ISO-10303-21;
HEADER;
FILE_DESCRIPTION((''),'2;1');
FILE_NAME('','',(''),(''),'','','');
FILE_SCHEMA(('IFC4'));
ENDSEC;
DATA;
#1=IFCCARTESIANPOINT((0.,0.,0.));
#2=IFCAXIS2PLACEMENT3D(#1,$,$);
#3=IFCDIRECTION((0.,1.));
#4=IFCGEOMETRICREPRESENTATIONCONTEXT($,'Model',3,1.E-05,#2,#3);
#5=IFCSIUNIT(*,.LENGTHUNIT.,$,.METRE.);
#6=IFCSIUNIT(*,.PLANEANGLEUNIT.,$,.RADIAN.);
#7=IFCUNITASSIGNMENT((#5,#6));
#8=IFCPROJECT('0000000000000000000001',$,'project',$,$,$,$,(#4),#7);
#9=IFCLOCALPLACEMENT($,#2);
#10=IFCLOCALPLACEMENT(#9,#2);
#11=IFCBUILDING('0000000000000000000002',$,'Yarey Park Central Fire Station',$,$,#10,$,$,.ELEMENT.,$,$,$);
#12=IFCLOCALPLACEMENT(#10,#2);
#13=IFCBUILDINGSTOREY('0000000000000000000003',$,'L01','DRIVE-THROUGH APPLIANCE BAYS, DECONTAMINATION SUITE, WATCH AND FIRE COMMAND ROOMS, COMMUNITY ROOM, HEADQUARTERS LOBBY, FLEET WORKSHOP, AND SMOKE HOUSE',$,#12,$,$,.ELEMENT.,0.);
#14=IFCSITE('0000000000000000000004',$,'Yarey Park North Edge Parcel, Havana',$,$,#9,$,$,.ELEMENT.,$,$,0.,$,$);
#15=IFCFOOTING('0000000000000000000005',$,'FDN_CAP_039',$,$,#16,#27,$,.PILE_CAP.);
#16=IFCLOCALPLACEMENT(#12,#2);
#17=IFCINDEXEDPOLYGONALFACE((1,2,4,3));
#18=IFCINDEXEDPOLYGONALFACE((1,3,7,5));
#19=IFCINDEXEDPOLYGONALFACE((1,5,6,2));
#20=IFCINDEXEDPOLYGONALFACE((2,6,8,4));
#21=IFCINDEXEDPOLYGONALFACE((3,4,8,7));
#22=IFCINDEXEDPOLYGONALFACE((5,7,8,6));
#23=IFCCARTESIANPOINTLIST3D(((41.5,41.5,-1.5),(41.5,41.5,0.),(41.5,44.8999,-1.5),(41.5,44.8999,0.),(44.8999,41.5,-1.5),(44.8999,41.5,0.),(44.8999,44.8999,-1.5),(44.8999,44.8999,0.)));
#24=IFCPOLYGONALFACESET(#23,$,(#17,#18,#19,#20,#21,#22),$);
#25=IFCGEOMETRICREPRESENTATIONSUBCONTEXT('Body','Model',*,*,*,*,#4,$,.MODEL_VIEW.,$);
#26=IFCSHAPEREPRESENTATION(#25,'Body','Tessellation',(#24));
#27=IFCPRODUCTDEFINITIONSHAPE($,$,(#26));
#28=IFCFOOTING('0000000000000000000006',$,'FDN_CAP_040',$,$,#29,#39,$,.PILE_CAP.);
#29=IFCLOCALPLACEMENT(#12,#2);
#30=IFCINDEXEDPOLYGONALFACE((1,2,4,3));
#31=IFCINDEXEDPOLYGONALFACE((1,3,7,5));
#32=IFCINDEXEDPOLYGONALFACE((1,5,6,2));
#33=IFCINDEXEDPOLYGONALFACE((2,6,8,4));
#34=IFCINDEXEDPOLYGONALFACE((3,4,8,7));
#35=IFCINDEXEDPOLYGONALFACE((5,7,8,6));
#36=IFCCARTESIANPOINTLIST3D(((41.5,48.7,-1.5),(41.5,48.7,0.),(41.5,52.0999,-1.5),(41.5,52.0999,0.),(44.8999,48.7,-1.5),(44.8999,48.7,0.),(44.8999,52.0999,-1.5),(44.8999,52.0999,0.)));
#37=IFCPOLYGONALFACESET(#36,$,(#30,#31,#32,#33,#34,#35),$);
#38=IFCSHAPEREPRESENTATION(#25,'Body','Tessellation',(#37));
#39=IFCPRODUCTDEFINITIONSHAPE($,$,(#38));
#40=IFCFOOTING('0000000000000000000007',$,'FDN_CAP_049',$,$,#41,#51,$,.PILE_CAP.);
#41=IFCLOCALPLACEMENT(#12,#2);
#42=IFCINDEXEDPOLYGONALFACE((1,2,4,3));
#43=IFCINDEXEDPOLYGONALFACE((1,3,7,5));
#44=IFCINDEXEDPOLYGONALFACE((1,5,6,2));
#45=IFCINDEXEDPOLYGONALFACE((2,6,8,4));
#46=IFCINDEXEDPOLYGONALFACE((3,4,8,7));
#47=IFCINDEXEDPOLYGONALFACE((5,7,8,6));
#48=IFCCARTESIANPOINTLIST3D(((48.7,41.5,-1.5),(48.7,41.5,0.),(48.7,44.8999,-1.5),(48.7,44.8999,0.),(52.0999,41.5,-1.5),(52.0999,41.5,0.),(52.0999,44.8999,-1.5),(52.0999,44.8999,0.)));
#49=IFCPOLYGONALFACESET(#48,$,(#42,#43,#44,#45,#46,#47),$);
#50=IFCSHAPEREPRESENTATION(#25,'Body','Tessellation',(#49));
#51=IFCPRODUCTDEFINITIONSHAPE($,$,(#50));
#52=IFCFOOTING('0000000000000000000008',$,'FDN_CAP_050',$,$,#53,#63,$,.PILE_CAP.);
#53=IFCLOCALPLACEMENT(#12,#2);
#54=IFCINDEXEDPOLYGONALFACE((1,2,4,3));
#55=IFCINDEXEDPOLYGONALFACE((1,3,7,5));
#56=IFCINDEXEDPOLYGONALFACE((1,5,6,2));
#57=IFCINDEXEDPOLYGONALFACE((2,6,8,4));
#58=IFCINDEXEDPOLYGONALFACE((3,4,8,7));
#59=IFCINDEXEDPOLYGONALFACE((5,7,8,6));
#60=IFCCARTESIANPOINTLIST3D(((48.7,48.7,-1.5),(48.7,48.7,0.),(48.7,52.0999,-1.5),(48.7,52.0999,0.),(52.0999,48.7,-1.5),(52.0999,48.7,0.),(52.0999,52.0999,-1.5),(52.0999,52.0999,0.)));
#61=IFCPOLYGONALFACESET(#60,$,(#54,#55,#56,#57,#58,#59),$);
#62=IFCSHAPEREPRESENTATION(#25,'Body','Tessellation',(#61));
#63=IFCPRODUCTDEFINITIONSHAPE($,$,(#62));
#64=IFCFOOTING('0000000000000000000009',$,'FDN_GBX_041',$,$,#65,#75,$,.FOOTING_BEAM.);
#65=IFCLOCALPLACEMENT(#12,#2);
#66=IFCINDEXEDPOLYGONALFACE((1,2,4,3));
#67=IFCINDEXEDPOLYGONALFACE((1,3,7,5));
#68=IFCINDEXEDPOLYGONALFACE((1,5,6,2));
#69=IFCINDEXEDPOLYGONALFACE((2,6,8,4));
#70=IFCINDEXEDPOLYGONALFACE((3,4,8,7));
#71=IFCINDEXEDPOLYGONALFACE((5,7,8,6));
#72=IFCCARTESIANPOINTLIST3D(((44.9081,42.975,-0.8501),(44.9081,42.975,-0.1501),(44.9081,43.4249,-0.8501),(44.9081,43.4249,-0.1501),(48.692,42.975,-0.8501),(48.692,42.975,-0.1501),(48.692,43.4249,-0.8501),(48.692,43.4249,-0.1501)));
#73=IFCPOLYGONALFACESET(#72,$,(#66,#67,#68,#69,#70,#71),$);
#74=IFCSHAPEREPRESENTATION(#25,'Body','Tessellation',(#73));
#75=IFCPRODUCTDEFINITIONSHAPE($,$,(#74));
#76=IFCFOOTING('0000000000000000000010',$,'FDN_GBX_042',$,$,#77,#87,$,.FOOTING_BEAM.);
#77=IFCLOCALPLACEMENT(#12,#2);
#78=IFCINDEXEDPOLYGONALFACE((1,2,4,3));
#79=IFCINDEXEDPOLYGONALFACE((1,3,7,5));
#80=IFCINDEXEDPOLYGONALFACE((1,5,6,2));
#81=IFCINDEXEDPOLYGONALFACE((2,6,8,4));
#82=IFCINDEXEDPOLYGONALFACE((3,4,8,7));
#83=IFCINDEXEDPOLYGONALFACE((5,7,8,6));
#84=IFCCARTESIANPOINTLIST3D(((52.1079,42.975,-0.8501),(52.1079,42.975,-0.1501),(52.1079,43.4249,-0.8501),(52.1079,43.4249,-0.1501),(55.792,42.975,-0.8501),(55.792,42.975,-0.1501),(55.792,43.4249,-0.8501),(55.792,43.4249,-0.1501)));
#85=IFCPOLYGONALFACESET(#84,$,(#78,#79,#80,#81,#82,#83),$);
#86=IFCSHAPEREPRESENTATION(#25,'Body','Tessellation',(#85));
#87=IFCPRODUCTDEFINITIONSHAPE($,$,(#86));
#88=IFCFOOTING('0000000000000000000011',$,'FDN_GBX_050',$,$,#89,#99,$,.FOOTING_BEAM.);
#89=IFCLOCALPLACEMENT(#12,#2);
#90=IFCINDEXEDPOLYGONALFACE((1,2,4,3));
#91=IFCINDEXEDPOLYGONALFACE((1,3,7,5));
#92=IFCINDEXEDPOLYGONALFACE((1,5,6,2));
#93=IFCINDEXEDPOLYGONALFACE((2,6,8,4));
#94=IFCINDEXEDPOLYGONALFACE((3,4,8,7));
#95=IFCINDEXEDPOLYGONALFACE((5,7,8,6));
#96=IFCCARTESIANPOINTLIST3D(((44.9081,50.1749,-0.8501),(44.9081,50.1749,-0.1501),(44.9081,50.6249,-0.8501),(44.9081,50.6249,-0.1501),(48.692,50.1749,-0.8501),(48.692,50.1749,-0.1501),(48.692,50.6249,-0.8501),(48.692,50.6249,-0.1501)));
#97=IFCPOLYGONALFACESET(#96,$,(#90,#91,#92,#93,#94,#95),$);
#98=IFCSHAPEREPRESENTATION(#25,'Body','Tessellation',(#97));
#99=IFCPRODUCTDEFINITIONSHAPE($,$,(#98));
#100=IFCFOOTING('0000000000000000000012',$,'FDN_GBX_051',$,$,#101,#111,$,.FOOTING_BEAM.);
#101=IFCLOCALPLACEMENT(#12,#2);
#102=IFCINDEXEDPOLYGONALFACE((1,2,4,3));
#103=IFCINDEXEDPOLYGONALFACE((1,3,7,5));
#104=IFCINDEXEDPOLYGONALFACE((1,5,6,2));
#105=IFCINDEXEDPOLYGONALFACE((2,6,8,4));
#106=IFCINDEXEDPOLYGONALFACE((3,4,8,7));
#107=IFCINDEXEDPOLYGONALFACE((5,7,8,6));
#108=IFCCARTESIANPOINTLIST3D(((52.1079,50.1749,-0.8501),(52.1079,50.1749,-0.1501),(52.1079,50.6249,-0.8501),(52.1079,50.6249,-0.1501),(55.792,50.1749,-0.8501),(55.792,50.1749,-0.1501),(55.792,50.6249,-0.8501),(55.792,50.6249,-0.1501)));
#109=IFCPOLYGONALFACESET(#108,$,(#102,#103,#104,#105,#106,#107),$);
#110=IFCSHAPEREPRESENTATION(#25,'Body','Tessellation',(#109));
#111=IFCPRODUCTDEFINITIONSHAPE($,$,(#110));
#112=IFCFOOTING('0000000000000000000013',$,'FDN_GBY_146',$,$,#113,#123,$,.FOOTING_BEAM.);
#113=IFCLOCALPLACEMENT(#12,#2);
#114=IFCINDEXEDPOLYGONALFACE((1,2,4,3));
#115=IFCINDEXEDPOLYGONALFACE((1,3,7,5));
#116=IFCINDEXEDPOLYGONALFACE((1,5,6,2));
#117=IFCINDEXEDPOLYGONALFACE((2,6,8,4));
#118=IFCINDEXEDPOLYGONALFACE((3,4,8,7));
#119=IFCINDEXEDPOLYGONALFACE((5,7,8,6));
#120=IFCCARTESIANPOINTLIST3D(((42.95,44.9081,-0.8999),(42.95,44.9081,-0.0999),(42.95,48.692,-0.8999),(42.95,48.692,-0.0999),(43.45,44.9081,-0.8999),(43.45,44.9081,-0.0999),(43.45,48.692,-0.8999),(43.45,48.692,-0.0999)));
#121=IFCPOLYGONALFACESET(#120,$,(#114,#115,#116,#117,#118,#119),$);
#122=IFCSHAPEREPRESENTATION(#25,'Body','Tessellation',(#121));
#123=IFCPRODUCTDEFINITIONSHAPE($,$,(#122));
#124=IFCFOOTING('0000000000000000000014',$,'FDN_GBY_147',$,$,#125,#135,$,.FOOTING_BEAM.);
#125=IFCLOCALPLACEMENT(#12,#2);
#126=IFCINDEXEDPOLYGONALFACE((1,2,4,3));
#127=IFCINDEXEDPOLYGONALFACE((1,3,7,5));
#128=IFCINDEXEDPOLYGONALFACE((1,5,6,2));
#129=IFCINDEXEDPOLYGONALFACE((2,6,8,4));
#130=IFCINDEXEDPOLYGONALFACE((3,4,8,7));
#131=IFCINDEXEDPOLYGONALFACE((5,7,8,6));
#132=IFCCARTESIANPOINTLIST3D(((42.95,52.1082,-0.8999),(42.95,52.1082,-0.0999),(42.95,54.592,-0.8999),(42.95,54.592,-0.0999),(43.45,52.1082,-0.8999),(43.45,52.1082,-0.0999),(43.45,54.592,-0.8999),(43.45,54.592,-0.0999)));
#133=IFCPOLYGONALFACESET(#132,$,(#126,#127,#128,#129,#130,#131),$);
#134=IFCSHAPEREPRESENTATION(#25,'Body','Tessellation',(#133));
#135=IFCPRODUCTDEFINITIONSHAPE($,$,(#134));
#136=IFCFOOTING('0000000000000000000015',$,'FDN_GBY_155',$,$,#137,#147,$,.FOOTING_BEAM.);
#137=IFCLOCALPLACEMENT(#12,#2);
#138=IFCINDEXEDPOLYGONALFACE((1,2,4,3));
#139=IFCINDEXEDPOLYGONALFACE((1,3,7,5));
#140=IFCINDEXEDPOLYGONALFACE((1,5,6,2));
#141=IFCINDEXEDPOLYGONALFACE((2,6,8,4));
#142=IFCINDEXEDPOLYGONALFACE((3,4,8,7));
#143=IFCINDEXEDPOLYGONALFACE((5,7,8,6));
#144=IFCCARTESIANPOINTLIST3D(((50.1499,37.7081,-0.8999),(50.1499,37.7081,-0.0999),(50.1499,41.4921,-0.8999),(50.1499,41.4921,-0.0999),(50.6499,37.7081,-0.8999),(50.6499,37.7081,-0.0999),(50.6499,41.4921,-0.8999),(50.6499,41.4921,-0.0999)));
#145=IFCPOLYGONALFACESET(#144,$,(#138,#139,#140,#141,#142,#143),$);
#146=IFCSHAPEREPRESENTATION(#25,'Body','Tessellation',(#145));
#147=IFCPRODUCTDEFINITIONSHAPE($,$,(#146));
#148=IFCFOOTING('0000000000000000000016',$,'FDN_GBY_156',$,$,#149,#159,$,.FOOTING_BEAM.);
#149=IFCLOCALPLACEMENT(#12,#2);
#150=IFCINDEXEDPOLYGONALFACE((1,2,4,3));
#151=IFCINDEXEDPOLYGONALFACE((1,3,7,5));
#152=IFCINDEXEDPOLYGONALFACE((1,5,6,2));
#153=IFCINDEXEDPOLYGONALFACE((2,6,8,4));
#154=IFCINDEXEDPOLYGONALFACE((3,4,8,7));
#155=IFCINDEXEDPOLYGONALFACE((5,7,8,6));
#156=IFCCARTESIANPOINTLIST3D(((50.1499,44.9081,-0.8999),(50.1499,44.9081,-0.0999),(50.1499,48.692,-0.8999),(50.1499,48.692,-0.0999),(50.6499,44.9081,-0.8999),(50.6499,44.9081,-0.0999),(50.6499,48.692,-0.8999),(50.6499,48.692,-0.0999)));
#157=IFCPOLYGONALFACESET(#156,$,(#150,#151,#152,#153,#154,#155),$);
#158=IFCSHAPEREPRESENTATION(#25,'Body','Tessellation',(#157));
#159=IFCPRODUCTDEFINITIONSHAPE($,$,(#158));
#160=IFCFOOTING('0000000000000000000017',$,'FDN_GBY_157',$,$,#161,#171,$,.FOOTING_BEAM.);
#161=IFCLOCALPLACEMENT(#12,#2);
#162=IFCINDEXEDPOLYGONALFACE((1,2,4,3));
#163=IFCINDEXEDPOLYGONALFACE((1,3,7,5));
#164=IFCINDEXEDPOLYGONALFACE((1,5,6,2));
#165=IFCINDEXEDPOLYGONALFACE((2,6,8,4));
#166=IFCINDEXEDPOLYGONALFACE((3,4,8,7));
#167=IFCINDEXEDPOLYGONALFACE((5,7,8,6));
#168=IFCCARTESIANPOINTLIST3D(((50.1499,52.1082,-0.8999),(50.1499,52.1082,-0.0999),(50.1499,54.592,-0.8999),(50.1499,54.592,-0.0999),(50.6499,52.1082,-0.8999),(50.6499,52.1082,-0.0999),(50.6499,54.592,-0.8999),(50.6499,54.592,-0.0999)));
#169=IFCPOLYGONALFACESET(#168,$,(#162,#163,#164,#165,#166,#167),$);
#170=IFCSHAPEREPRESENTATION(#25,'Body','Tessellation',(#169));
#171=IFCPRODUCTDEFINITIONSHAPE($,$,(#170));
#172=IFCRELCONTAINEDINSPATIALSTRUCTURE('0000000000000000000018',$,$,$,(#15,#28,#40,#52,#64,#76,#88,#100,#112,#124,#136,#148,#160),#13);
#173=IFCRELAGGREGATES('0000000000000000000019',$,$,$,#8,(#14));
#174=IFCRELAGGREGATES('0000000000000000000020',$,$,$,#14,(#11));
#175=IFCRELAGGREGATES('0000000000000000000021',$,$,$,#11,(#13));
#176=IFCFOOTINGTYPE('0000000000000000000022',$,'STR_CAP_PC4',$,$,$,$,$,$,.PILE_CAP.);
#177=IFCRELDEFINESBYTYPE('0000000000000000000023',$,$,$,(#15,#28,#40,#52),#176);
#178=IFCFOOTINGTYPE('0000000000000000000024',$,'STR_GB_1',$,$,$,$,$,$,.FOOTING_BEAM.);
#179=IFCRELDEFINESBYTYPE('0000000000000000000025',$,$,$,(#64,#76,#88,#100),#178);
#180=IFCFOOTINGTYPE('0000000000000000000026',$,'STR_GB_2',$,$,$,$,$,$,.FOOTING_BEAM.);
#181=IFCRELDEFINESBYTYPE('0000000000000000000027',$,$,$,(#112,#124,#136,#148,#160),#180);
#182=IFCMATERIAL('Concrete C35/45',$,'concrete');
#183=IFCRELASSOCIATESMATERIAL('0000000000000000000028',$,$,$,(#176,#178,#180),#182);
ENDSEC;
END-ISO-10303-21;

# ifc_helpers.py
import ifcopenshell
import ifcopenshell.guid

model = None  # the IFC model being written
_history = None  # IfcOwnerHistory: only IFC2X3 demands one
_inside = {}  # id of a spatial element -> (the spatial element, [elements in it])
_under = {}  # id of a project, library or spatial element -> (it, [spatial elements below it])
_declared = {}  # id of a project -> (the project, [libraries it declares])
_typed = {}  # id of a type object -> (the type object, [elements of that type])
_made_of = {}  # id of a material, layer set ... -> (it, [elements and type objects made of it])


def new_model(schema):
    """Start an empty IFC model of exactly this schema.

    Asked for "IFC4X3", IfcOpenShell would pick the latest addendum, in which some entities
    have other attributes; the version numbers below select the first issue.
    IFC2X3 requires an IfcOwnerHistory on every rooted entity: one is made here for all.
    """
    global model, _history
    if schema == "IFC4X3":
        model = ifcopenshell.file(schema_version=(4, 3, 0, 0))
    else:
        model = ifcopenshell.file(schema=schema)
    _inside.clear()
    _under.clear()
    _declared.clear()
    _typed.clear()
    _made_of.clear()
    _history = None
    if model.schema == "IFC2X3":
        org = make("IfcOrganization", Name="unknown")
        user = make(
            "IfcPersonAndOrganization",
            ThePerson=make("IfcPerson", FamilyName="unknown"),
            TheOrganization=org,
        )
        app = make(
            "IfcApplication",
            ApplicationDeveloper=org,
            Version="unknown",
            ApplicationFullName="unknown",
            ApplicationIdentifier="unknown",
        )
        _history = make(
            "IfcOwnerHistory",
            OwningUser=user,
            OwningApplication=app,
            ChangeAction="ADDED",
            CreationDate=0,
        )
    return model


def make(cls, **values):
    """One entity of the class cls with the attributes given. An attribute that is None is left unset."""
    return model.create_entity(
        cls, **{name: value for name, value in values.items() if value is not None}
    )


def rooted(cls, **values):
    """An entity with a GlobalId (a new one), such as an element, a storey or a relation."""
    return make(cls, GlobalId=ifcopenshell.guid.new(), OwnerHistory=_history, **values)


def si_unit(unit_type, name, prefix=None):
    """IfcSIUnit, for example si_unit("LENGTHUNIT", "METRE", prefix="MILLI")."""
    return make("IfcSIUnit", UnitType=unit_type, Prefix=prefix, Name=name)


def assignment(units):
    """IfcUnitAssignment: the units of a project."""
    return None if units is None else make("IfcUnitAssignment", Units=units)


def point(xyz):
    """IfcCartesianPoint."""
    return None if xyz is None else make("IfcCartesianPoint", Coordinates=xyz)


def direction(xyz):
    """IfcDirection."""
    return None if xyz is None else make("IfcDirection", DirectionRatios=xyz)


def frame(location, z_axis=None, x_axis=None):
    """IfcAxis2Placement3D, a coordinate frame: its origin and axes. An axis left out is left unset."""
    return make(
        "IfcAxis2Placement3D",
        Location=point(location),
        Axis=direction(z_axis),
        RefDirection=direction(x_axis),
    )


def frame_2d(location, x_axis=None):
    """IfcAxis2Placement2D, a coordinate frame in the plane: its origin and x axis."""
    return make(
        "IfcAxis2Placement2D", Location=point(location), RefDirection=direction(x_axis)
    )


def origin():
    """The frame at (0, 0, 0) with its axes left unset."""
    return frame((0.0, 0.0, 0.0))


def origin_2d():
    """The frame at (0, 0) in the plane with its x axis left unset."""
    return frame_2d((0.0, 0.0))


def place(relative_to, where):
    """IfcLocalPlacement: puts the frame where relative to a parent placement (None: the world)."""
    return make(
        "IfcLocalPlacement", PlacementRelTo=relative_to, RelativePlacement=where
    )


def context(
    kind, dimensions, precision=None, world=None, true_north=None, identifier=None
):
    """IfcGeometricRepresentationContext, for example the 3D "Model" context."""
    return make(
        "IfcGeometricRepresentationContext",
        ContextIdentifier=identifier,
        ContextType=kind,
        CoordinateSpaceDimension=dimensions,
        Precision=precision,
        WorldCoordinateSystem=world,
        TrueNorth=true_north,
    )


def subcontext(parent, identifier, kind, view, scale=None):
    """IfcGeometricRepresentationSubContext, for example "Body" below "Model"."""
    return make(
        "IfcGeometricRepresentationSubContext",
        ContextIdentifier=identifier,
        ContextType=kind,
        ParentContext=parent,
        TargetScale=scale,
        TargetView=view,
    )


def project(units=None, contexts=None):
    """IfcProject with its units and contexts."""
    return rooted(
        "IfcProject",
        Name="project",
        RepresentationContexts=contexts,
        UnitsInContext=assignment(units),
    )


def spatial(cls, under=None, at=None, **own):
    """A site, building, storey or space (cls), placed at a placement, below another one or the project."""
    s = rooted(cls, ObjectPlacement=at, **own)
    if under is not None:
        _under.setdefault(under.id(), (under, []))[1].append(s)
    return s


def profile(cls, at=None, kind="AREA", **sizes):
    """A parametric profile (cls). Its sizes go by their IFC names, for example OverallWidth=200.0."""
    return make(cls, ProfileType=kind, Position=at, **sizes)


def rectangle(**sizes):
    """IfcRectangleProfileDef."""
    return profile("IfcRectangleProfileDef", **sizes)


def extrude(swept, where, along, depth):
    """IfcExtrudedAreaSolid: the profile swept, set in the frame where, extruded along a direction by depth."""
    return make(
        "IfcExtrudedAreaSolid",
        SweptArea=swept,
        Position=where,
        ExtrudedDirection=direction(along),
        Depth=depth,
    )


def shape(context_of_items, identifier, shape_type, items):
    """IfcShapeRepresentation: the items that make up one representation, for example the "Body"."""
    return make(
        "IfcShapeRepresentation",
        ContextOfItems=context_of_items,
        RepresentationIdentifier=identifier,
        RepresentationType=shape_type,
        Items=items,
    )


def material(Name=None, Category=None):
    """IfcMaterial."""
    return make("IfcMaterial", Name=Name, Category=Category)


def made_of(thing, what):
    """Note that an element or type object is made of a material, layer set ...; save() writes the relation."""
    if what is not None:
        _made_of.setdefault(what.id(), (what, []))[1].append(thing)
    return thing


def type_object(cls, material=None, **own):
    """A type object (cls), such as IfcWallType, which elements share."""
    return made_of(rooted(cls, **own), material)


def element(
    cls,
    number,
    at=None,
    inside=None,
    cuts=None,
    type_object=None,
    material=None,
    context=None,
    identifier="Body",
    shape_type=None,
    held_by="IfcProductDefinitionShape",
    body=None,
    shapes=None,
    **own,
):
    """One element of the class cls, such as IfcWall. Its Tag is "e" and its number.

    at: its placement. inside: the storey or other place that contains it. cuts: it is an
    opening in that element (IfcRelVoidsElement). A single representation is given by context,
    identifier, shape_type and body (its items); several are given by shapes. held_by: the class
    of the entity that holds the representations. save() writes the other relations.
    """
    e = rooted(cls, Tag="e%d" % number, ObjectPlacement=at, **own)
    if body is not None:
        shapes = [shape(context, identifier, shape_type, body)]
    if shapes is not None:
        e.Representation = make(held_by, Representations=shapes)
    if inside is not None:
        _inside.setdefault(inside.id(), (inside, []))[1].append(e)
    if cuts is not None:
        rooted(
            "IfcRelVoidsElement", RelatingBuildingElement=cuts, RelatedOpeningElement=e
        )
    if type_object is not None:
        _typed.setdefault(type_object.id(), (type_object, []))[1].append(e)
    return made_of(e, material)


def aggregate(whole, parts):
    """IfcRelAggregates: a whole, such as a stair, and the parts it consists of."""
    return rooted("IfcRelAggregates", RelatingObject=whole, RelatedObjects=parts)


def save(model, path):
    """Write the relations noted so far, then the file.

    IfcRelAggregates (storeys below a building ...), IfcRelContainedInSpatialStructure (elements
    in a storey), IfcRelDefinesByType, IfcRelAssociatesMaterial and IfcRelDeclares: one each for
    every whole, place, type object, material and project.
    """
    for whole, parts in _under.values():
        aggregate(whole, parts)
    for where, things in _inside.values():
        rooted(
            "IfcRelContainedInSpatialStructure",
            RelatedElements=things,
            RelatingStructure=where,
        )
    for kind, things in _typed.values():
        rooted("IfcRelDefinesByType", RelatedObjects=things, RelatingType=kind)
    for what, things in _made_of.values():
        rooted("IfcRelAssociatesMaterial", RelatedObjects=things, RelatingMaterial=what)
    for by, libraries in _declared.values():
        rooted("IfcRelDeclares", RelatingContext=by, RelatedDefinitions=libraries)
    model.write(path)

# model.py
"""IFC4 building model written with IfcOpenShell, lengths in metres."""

from ifc_helpers import new_model, si_unit, direction, frame, origin, origin_2d, place, context, subcontext, project, spatial, rectangle, extrude, material, type_object, element, save


model = new_model("IFC4")

# Units and contexts
model_context = context("Model", 3, precision=1e-05, world=origin(), true_north=direction((0.0, 1.0)))
body_context = subcontext(model_context, "Body", "Model", "MODEL_VIEW")
ifc_project = project(units=[si_unit("LENGTHUNIT", "METRE"), si_unit("PLANEANGLEUNIT", "RADIAN")], contexts=[model_context])

# Site, building, storey
site_placement = place(None, origin())
site = spatial("IfcSite", under=ifc_project, at=site_placement, Name="Yarey Park North Edge Parcel, Havana", CompositionType="ELEMENT", RefElevation=0.0)
building_placement = place(site_placement, origin())
building = spatial("IfcBuilding", under=site, at=building_placement, Name="Yarey Park Central Fire Station", CompositionType="ELEMENT")
storey_placement = place(building_placement, origin())
storey = spatial("IfcBuildingStorey", under=building, at=storey_placement, Name="L01", Description="DRIVE-THROUGH APPLIANCE BAYS, DECONTAMINATION SUITE, WATCH AND FIRE COMMAND ROOMS, COMMUNITY ROOM, HEADQUARTERS LOBBY, FLEET WORKSHOP, AND SMOKE HOUSE", CompositionType="ELEMENT", Elevation=0.0)

# Footings
ifc_material_1 = material(Name="Concrete C35/45", Category="concrete")
footing_type_1 = type_object("IfcFootingType", Name="STR_CAP_PC4", PredefinedType="PILE_CAP", material=ifc_material_1)
for number, where, z_axis, x_axis, name in (
    (1, (43.2, 43.2, -1.5), (0.0, 0.0, 1.0), (1.0, 0.0, 0.0), "FDN_CAP_039"),
    (2, (43.2, 50.3999, -1.5), (0.0, 0.0, 1.0), (1.0, 0.0, 0.0), "FDN_CAP_040"),
    (3, (50.3999, 43.2, -1.5), (0.0, 0.0, 1.0), (1.0, 0.0, 0.0), "FDN_CAP_049"),
    (4, (50.3999, 50.3999, -1.5), (0.0, 0.0, 1.0), (1.0, 0.0, 0.0), "FDN_CAP_050"),
):
    element("IfcFooting", number, at=place(storey_placement, frame(where, z_axis=z_axis, x_axis=x_axis)), inside=storey, type_object=footing_type_1, Name=name, PredefinedType="PILE_CAP", context=body_context, shape_type="SweptSolid", body=[
        extrude(rectangle(XDim=3.3999, YDim=3.3999, at=origin_2d()), origin(), (0.0, 0.0, 1.0), 1.5),
    ])
footing_type_2 = type_object("IfcFootingType", Name="STR_GB_1", PredefinedType="FOOTING_BEAM", material=ifc_material_1)
footing_1_placement = place(storey_placement, frame((46.8, 43.2, -0.8501), z_axis=(0.0, 0.0, 1.0), x_axis=(1.0, 0.0, 0.0)))
element("IfcFooting", 5, at=footing_1_placement, inside=storey, type_object=footing_type_2, Name="FDN_GBX_041", PredefinedType="FOOTING_BEAM", context=body_context, shape_type="SweptSolid", body=[
    extrude(rectangle(XDim=3.7839, YDim=0.45, at=origin_2d()), origin(), (0.0, 0.0, 1.0), 0.7),
])
footing_2_placement = place(storey_placement, frame((53.95, 43.2, -0.8501), z_axis=(0.0, 0.0, 1.0), x_axis=(1.0, 0.0, 0.0)))
element("IfcFooting", 6, at=footing_2_placement, inside=storey, type_object=footing_type_2, Name="FDN_GBX_042", PredefinedType="FOOTING_BEAM", context=body_context, shape_type="SweptSolid", body=[
    extrude(rectangle(XDim=3.6841, YDim=0.45, at=origin_2d()), origin(), (0.0, 0.0, 1.0), 0.7),
])
footing_3_placement = place(storey_placement, frame((46.8, 50.3999, -0.8501), z_axis=(0.0, 0.0, 1.0), x_axis=(1.0, 0.0, 0.0)))
element("IfcFooting", 7, at=footing_3_placement, inside=storey, type_object=footing_type_2, Name="FDN_GBX_050", PredefinedType="FOOTING_BEAM", context=body_context, shape_type="SweptSolid", body=[
    extrude(rectangle(XDim=3.7839, YDim=0.45, at=origin_2d()), origin(), (0.0, 0.0, 1.0), 0.7),
])
footing_4_placement = place(storey_placement, frame((53.95, 50.3999, -0.8501), z_axis=(0.0, 0.0, 1.0), x_axis=(1.0, 0.0, 0.0)))
element("IfcFooting", 8, at=footing_4_placement, inside=storey, type_object=footing_type_2, Name="FDN_GBX_051", PredefinedType="FOOTING_BEAM", context=body_context, shape_type="SweptSolid", body=[
    extrude(rectangle(XDim=3.6841, YDim=0.45, at=origin_2d()), origin(), (0.0, 0.0, 1.0), 0.7),
])
footing_type_3 = type_object("IfcFootingType", Name="STR_GB_2", PredefinedType="FOOTING_BEAM", material=ifc_material_1)
footing_5_placement = place(storey_placement, frame((43.2, 46.8, -0.8999), z_axis=(0.0, 0.0, 1.0), x_axis=(1.0, 0.0, 0.0)))
element("IfcFooting", 9, at=footing_5_placement, inside=storey, type_object=footing_type_3, Name="FDN_GBY_146", PredefinedType="FOOTING_BEAM", context=body_context, shape_type="SweptSolid", body=[
    extrude(rectangle(XDim=0.5, YDim=3.7839, at=origin_2d()), origin(), (0.0, 0.0, 1.0), 0.8),
])
footing_6_placement = place(storey_placement, frame((43.2, 53.3501, -0.8999), z_axis=(0.0, 0.0, 1.0), x_axis=(1.0, 0.0, 0.0)))
element("IfcFooting", 10, at=footing_6_placement, inside=storey, type_object=footing_type_3, Name="FDN_GBY_147", PredefinedType="FOOTING_BEAM", context=body_context, shape_type="SweptSolid", body=[
    extrude(rectangle(XDim=0.5, YDim=2.4839, at=origin_2d()), origin(), (0.0, 0.0, 1.0), 0.8),
])
for number, where, z_axis, x_axis, name in (
    (11, (50.3999, 39.6001, -0.8999), (0.0, 0.0, 1.0), (1.0, 0.0, 0.0), "FDN_GBY_155"),
    (12, (50.3999, 46.8, -0.8999), (0.0, 0.0, 1.0), (1.0, 0.0, 0.0), "FDN_GBY_156"),
):
    element("IfcFooting", number, at=place(storey_placement, frame(where, z_axis=z_axis, x_axis=x_axis)), inside=storey, type_object=footing_type_3, Name=name, PredefinedType="FOOTING_BEAM", context=body_context, shape_type="SweptSolid", body=[
        extrude(rectangle(XDim=0.5, YDim=3.7839, at=origin_2d()), origin(), (0.0, 0.0, 1.0), 0.8),
    ])
footing_7_placement = place(storey_placement, frame((50.3999, 53.3501, -0.8999), z_axis=(0.0, 0.0, 1.0), x_axis=(1.0, 0.0, 0.0)))
element("IfcFooting", 13, at=footing_7_placement, inside=storey, type_object=footing_type_3, Name="FDN_GBY_157", PredefinedType="FOOTING_BEAM", context=body_context, shape_type="SweptSolid", body=[
    extrude(rectangle(XDim=0.5, YDim=2.4839, at=origin_2d()), origin(), (0.0, 0.0, 1.0), 0.8),
])

save(model, "model.ifc")
